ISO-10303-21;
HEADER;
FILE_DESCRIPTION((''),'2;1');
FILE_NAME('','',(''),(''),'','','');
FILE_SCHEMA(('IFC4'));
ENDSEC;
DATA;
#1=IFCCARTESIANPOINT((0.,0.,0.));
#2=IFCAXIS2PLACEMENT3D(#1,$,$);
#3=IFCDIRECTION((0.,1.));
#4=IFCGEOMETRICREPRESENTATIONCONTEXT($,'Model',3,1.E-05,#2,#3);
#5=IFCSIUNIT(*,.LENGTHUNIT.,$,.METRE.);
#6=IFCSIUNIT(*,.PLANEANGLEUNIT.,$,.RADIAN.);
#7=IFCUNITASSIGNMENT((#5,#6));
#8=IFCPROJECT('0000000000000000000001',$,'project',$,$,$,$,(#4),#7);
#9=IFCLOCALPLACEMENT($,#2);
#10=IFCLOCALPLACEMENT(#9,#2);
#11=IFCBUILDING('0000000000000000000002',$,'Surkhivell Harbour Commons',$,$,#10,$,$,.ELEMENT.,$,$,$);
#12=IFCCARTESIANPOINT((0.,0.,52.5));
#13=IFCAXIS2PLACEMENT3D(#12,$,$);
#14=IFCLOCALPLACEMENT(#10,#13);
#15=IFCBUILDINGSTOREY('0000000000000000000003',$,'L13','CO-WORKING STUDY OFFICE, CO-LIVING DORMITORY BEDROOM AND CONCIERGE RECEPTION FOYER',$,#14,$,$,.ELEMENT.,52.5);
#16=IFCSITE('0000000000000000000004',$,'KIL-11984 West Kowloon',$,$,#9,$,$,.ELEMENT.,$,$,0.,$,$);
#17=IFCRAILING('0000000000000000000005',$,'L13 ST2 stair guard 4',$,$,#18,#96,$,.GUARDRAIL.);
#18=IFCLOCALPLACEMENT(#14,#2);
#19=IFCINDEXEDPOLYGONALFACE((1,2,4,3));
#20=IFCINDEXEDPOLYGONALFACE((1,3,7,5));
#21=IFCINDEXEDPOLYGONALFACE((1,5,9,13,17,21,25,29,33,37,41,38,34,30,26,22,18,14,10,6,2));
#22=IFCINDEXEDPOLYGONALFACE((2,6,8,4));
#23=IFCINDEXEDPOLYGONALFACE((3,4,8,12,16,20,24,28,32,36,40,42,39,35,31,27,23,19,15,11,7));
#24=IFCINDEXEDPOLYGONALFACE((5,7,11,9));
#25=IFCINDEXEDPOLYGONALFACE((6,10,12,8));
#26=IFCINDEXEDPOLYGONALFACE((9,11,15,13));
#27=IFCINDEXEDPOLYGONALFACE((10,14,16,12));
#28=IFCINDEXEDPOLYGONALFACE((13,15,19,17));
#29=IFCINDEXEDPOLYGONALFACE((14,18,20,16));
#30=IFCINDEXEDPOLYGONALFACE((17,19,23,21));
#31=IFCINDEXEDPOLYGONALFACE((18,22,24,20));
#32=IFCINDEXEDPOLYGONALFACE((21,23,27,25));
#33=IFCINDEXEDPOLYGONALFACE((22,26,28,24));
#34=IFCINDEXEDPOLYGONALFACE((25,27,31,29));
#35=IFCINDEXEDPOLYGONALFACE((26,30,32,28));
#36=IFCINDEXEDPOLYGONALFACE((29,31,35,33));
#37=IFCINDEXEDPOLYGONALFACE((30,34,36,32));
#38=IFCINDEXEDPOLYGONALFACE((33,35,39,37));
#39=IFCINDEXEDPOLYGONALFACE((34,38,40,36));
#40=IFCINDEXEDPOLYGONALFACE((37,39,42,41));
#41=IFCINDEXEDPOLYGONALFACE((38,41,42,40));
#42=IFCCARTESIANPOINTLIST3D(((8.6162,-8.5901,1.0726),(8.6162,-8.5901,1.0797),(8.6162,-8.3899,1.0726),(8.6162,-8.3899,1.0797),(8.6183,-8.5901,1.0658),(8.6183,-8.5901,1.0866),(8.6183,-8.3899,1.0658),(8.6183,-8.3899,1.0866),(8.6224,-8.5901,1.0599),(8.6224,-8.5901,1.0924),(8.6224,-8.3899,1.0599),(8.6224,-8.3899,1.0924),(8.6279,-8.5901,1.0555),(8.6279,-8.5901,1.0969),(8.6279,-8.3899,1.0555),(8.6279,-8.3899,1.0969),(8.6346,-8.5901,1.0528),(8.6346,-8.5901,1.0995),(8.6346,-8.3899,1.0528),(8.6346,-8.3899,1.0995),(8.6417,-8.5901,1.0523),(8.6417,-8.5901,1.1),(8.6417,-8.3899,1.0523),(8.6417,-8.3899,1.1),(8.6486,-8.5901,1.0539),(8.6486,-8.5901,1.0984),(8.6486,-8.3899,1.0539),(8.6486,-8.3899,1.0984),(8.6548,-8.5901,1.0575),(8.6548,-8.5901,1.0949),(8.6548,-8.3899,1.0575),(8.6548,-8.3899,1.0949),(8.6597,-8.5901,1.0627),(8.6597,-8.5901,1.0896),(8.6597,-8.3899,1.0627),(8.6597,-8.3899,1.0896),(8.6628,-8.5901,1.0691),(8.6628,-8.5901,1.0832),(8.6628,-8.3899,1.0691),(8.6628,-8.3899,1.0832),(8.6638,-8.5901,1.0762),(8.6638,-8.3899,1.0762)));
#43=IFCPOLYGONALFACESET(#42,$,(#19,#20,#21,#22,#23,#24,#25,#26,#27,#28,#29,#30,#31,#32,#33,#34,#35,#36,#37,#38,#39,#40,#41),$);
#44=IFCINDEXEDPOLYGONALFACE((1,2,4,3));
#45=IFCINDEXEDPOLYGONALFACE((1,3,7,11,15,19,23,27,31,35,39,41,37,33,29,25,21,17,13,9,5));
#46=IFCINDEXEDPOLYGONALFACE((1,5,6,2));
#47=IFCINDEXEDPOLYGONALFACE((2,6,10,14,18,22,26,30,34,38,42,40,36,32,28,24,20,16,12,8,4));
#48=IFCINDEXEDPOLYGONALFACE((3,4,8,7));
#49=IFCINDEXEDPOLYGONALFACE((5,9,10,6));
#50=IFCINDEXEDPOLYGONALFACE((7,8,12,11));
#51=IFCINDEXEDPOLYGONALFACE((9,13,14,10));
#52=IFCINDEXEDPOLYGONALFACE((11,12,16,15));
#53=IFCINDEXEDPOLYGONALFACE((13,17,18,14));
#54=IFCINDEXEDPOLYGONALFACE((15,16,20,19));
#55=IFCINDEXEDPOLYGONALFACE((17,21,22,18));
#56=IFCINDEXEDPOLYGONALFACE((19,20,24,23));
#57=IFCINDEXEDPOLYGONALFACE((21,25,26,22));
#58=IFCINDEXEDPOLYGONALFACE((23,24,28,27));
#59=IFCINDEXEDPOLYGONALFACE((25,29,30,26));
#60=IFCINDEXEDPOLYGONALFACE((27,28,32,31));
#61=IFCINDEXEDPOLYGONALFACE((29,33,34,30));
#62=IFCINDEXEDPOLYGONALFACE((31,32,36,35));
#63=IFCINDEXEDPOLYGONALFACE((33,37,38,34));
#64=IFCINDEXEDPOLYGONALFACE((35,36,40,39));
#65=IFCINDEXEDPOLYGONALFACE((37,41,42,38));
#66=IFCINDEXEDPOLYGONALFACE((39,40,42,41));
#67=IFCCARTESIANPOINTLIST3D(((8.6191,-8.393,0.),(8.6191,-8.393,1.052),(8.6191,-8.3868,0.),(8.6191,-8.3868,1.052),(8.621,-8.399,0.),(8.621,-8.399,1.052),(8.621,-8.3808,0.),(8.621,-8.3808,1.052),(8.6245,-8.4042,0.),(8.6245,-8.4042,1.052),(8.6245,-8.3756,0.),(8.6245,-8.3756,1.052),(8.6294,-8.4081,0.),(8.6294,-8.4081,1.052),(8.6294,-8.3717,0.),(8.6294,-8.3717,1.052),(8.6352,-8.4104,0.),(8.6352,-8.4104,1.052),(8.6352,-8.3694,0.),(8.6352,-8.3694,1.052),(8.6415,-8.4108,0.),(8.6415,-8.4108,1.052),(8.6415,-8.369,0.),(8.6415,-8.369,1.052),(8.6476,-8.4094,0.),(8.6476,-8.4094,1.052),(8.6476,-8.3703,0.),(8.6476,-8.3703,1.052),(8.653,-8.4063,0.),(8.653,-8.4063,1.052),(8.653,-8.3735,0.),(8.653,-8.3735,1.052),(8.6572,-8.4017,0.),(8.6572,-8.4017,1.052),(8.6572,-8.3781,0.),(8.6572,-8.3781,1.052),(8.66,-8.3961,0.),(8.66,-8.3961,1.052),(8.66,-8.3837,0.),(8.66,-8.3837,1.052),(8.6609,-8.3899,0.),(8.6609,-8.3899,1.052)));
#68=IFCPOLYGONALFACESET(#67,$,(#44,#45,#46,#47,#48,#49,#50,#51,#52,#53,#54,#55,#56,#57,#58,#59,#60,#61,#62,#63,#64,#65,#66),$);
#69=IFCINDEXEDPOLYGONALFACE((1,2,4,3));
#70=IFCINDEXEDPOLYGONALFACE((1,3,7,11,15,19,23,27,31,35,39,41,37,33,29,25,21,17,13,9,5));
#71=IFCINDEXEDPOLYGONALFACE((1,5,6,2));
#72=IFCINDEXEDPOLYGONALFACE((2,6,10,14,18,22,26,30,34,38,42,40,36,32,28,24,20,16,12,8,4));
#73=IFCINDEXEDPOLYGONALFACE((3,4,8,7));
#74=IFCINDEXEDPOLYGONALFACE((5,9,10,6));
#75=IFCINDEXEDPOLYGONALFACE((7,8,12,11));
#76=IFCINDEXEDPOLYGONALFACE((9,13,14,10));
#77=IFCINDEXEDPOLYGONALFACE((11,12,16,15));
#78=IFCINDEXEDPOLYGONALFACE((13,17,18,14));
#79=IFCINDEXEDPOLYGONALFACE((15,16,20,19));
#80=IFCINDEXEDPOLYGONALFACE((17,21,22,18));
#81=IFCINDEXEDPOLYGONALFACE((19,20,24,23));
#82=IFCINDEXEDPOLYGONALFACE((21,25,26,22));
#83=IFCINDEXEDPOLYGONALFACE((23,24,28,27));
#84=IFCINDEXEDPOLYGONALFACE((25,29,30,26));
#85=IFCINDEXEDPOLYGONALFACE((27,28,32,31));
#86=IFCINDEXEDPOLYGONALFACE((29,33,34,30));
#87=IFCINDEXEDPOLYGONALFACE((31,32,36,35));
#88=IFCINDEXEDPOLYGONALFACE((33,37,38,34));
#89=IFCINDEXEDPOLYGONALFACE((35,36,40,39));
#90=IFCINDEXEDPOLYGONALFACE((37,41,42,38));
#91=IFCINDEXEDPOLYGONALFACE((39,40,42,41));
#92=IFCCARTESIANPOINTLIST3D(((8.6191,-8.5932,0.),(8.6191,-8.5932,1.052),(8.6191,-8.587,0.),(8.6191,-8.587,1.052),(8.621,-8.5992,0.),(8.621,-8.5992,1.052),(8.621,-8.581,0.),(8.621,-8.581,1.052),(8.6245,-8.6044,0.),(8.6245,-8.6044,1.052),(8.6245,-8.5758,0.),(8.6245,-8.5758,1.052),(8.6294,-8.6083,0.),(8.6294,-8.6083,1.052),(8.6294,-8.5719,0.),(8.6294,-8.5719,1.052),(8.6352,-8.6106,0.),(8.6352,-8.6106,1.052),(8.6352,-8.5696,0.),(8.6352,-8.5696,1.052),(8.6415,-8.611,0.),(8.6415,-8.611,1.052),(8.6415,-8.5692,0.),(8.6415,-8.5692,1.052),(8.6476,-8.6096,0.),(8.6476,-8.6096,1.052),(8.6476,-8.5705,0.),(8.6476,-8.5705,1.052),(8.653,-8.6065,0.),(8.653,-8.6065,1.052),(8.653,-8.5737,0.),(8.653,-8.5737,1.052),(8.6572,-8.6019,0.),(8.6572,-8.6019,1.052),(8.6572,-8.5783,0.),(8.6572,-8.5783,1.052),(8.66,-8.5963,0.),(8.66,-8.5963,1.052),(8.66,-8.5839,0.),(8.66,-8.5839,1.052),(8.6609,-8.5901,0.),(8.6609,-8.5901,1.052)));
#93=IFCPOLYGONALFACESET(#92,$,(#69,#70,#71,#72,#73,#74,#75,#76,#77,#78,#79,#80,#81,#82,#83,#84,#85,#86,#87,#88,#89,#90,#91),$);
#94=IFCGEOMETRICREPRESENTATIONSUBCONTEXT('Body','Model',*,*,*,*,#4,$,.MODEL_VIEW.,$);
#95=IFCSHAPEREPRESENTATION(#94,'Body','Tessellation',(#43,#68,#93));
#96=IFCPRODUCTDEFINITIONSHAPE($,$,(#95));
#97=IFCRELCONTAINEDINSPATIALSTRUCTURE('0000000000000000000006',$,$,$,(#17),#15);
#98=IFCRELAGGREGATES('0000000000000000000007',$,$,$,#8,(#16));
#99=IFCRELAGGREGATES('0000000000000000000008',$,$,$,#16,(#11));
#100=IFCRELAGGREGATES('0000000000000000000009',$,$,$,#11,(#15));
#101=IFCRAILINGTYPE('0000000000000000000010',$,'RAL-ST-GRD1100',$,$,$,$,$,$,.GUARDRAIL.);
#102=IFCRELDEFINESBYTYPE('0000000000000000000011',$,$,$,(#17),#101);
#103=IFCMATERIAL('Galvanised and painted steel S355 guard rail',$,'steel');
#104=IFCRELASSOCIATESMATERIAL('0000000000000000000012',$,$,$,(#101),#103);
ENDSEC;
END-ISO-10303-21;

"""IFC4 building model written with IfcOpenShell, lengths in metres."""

from ifc_helpers import new_model, si_unit, direction, frame, origin, origin_2d, place, context, subcontext, project, spatial, circle, extrude, material, type_object, element, save


model = new_model("IFC4")

# Units and contexts
model_context = context("Model", 3, precision=1e-05, world=origin(), true_north=direction((0.0, 1.0)))
body_context = subcontext(model_context, "Body", "Model", "MODEL_VIEW")
ifc_project = project(units=[si_unit("LENGTHUNIT", "METRE"), si_unit("PLANEANGLEUNIT", "RADIAN")], contexts=[model_context])

# Site, building, storey
site_placement = place(None, origin())
site = spatial("IfcSite", under=ifc_project, at=site_placement, Name="KIL-11984 West Kowloon", CompositionType="ELEMENT", RefElevation=0.0)
building_placement = place(site_placement, origin())
building = spatial("IfcBuilding", under=site, at=building_placement, Name="Surkhivell Harbour Commons", CompositionType="ELEMENT")
storey_placement = place(building_placement, frame((0.0, 0.0, 52.5)))
storey = spatial("IfcBuildingStorey", under=building, at=storey_placement, Name="L13", Description="CO-WORKING STUDY OFFICE, CO-LIVING DORMITORY BEDROOM AND CONCIERGE RECEPTION FOYER", CompositionType="ELEMENT", Elevation=52.5)

# Railing
ifc_material_1 = material(Name="Galvanised and painted steel S355 guard rail", Category="steel")
railing_type_1 = type_object("IfcRailingType", Name="RAL-ST-GRD1100", PredefinedType="GUARDRAIL", material=ifc_material_1)
railing_1_placement = place(storey_placement, frame((8.6399, -8.3899, 0.0)))
element("IfcRailing", 1, at=railing_1_placement, inside=storey, type_object=railing_type_1, Name="L13 ST2 stair guard 4", PredefinedType="GUARDRAIL", context=body_context, shape_type="SweptSolid", body=[
    extrude(circle(Radius=0.0239, at=origin_2d()), frame((0.0, 0.0, 1.0762), z_axis=(0.0, -1.0, 0.0), x_axis=(1.0, 0.0, 0.0)), (0.0, 0.0, 1.0), 0.2002),
    extrude(circle(Radius=0.021, at=origin_2d()), origin(), (0.0, 0.0, 1.0), 1.052),
    extrude(circle(Radius=0.021, at=origin_2d()), frame((0.0, -0.2002, 0.0)), (0.0, 0.0, 1.0), 1.052),
])

save(model, "model.ifc")
